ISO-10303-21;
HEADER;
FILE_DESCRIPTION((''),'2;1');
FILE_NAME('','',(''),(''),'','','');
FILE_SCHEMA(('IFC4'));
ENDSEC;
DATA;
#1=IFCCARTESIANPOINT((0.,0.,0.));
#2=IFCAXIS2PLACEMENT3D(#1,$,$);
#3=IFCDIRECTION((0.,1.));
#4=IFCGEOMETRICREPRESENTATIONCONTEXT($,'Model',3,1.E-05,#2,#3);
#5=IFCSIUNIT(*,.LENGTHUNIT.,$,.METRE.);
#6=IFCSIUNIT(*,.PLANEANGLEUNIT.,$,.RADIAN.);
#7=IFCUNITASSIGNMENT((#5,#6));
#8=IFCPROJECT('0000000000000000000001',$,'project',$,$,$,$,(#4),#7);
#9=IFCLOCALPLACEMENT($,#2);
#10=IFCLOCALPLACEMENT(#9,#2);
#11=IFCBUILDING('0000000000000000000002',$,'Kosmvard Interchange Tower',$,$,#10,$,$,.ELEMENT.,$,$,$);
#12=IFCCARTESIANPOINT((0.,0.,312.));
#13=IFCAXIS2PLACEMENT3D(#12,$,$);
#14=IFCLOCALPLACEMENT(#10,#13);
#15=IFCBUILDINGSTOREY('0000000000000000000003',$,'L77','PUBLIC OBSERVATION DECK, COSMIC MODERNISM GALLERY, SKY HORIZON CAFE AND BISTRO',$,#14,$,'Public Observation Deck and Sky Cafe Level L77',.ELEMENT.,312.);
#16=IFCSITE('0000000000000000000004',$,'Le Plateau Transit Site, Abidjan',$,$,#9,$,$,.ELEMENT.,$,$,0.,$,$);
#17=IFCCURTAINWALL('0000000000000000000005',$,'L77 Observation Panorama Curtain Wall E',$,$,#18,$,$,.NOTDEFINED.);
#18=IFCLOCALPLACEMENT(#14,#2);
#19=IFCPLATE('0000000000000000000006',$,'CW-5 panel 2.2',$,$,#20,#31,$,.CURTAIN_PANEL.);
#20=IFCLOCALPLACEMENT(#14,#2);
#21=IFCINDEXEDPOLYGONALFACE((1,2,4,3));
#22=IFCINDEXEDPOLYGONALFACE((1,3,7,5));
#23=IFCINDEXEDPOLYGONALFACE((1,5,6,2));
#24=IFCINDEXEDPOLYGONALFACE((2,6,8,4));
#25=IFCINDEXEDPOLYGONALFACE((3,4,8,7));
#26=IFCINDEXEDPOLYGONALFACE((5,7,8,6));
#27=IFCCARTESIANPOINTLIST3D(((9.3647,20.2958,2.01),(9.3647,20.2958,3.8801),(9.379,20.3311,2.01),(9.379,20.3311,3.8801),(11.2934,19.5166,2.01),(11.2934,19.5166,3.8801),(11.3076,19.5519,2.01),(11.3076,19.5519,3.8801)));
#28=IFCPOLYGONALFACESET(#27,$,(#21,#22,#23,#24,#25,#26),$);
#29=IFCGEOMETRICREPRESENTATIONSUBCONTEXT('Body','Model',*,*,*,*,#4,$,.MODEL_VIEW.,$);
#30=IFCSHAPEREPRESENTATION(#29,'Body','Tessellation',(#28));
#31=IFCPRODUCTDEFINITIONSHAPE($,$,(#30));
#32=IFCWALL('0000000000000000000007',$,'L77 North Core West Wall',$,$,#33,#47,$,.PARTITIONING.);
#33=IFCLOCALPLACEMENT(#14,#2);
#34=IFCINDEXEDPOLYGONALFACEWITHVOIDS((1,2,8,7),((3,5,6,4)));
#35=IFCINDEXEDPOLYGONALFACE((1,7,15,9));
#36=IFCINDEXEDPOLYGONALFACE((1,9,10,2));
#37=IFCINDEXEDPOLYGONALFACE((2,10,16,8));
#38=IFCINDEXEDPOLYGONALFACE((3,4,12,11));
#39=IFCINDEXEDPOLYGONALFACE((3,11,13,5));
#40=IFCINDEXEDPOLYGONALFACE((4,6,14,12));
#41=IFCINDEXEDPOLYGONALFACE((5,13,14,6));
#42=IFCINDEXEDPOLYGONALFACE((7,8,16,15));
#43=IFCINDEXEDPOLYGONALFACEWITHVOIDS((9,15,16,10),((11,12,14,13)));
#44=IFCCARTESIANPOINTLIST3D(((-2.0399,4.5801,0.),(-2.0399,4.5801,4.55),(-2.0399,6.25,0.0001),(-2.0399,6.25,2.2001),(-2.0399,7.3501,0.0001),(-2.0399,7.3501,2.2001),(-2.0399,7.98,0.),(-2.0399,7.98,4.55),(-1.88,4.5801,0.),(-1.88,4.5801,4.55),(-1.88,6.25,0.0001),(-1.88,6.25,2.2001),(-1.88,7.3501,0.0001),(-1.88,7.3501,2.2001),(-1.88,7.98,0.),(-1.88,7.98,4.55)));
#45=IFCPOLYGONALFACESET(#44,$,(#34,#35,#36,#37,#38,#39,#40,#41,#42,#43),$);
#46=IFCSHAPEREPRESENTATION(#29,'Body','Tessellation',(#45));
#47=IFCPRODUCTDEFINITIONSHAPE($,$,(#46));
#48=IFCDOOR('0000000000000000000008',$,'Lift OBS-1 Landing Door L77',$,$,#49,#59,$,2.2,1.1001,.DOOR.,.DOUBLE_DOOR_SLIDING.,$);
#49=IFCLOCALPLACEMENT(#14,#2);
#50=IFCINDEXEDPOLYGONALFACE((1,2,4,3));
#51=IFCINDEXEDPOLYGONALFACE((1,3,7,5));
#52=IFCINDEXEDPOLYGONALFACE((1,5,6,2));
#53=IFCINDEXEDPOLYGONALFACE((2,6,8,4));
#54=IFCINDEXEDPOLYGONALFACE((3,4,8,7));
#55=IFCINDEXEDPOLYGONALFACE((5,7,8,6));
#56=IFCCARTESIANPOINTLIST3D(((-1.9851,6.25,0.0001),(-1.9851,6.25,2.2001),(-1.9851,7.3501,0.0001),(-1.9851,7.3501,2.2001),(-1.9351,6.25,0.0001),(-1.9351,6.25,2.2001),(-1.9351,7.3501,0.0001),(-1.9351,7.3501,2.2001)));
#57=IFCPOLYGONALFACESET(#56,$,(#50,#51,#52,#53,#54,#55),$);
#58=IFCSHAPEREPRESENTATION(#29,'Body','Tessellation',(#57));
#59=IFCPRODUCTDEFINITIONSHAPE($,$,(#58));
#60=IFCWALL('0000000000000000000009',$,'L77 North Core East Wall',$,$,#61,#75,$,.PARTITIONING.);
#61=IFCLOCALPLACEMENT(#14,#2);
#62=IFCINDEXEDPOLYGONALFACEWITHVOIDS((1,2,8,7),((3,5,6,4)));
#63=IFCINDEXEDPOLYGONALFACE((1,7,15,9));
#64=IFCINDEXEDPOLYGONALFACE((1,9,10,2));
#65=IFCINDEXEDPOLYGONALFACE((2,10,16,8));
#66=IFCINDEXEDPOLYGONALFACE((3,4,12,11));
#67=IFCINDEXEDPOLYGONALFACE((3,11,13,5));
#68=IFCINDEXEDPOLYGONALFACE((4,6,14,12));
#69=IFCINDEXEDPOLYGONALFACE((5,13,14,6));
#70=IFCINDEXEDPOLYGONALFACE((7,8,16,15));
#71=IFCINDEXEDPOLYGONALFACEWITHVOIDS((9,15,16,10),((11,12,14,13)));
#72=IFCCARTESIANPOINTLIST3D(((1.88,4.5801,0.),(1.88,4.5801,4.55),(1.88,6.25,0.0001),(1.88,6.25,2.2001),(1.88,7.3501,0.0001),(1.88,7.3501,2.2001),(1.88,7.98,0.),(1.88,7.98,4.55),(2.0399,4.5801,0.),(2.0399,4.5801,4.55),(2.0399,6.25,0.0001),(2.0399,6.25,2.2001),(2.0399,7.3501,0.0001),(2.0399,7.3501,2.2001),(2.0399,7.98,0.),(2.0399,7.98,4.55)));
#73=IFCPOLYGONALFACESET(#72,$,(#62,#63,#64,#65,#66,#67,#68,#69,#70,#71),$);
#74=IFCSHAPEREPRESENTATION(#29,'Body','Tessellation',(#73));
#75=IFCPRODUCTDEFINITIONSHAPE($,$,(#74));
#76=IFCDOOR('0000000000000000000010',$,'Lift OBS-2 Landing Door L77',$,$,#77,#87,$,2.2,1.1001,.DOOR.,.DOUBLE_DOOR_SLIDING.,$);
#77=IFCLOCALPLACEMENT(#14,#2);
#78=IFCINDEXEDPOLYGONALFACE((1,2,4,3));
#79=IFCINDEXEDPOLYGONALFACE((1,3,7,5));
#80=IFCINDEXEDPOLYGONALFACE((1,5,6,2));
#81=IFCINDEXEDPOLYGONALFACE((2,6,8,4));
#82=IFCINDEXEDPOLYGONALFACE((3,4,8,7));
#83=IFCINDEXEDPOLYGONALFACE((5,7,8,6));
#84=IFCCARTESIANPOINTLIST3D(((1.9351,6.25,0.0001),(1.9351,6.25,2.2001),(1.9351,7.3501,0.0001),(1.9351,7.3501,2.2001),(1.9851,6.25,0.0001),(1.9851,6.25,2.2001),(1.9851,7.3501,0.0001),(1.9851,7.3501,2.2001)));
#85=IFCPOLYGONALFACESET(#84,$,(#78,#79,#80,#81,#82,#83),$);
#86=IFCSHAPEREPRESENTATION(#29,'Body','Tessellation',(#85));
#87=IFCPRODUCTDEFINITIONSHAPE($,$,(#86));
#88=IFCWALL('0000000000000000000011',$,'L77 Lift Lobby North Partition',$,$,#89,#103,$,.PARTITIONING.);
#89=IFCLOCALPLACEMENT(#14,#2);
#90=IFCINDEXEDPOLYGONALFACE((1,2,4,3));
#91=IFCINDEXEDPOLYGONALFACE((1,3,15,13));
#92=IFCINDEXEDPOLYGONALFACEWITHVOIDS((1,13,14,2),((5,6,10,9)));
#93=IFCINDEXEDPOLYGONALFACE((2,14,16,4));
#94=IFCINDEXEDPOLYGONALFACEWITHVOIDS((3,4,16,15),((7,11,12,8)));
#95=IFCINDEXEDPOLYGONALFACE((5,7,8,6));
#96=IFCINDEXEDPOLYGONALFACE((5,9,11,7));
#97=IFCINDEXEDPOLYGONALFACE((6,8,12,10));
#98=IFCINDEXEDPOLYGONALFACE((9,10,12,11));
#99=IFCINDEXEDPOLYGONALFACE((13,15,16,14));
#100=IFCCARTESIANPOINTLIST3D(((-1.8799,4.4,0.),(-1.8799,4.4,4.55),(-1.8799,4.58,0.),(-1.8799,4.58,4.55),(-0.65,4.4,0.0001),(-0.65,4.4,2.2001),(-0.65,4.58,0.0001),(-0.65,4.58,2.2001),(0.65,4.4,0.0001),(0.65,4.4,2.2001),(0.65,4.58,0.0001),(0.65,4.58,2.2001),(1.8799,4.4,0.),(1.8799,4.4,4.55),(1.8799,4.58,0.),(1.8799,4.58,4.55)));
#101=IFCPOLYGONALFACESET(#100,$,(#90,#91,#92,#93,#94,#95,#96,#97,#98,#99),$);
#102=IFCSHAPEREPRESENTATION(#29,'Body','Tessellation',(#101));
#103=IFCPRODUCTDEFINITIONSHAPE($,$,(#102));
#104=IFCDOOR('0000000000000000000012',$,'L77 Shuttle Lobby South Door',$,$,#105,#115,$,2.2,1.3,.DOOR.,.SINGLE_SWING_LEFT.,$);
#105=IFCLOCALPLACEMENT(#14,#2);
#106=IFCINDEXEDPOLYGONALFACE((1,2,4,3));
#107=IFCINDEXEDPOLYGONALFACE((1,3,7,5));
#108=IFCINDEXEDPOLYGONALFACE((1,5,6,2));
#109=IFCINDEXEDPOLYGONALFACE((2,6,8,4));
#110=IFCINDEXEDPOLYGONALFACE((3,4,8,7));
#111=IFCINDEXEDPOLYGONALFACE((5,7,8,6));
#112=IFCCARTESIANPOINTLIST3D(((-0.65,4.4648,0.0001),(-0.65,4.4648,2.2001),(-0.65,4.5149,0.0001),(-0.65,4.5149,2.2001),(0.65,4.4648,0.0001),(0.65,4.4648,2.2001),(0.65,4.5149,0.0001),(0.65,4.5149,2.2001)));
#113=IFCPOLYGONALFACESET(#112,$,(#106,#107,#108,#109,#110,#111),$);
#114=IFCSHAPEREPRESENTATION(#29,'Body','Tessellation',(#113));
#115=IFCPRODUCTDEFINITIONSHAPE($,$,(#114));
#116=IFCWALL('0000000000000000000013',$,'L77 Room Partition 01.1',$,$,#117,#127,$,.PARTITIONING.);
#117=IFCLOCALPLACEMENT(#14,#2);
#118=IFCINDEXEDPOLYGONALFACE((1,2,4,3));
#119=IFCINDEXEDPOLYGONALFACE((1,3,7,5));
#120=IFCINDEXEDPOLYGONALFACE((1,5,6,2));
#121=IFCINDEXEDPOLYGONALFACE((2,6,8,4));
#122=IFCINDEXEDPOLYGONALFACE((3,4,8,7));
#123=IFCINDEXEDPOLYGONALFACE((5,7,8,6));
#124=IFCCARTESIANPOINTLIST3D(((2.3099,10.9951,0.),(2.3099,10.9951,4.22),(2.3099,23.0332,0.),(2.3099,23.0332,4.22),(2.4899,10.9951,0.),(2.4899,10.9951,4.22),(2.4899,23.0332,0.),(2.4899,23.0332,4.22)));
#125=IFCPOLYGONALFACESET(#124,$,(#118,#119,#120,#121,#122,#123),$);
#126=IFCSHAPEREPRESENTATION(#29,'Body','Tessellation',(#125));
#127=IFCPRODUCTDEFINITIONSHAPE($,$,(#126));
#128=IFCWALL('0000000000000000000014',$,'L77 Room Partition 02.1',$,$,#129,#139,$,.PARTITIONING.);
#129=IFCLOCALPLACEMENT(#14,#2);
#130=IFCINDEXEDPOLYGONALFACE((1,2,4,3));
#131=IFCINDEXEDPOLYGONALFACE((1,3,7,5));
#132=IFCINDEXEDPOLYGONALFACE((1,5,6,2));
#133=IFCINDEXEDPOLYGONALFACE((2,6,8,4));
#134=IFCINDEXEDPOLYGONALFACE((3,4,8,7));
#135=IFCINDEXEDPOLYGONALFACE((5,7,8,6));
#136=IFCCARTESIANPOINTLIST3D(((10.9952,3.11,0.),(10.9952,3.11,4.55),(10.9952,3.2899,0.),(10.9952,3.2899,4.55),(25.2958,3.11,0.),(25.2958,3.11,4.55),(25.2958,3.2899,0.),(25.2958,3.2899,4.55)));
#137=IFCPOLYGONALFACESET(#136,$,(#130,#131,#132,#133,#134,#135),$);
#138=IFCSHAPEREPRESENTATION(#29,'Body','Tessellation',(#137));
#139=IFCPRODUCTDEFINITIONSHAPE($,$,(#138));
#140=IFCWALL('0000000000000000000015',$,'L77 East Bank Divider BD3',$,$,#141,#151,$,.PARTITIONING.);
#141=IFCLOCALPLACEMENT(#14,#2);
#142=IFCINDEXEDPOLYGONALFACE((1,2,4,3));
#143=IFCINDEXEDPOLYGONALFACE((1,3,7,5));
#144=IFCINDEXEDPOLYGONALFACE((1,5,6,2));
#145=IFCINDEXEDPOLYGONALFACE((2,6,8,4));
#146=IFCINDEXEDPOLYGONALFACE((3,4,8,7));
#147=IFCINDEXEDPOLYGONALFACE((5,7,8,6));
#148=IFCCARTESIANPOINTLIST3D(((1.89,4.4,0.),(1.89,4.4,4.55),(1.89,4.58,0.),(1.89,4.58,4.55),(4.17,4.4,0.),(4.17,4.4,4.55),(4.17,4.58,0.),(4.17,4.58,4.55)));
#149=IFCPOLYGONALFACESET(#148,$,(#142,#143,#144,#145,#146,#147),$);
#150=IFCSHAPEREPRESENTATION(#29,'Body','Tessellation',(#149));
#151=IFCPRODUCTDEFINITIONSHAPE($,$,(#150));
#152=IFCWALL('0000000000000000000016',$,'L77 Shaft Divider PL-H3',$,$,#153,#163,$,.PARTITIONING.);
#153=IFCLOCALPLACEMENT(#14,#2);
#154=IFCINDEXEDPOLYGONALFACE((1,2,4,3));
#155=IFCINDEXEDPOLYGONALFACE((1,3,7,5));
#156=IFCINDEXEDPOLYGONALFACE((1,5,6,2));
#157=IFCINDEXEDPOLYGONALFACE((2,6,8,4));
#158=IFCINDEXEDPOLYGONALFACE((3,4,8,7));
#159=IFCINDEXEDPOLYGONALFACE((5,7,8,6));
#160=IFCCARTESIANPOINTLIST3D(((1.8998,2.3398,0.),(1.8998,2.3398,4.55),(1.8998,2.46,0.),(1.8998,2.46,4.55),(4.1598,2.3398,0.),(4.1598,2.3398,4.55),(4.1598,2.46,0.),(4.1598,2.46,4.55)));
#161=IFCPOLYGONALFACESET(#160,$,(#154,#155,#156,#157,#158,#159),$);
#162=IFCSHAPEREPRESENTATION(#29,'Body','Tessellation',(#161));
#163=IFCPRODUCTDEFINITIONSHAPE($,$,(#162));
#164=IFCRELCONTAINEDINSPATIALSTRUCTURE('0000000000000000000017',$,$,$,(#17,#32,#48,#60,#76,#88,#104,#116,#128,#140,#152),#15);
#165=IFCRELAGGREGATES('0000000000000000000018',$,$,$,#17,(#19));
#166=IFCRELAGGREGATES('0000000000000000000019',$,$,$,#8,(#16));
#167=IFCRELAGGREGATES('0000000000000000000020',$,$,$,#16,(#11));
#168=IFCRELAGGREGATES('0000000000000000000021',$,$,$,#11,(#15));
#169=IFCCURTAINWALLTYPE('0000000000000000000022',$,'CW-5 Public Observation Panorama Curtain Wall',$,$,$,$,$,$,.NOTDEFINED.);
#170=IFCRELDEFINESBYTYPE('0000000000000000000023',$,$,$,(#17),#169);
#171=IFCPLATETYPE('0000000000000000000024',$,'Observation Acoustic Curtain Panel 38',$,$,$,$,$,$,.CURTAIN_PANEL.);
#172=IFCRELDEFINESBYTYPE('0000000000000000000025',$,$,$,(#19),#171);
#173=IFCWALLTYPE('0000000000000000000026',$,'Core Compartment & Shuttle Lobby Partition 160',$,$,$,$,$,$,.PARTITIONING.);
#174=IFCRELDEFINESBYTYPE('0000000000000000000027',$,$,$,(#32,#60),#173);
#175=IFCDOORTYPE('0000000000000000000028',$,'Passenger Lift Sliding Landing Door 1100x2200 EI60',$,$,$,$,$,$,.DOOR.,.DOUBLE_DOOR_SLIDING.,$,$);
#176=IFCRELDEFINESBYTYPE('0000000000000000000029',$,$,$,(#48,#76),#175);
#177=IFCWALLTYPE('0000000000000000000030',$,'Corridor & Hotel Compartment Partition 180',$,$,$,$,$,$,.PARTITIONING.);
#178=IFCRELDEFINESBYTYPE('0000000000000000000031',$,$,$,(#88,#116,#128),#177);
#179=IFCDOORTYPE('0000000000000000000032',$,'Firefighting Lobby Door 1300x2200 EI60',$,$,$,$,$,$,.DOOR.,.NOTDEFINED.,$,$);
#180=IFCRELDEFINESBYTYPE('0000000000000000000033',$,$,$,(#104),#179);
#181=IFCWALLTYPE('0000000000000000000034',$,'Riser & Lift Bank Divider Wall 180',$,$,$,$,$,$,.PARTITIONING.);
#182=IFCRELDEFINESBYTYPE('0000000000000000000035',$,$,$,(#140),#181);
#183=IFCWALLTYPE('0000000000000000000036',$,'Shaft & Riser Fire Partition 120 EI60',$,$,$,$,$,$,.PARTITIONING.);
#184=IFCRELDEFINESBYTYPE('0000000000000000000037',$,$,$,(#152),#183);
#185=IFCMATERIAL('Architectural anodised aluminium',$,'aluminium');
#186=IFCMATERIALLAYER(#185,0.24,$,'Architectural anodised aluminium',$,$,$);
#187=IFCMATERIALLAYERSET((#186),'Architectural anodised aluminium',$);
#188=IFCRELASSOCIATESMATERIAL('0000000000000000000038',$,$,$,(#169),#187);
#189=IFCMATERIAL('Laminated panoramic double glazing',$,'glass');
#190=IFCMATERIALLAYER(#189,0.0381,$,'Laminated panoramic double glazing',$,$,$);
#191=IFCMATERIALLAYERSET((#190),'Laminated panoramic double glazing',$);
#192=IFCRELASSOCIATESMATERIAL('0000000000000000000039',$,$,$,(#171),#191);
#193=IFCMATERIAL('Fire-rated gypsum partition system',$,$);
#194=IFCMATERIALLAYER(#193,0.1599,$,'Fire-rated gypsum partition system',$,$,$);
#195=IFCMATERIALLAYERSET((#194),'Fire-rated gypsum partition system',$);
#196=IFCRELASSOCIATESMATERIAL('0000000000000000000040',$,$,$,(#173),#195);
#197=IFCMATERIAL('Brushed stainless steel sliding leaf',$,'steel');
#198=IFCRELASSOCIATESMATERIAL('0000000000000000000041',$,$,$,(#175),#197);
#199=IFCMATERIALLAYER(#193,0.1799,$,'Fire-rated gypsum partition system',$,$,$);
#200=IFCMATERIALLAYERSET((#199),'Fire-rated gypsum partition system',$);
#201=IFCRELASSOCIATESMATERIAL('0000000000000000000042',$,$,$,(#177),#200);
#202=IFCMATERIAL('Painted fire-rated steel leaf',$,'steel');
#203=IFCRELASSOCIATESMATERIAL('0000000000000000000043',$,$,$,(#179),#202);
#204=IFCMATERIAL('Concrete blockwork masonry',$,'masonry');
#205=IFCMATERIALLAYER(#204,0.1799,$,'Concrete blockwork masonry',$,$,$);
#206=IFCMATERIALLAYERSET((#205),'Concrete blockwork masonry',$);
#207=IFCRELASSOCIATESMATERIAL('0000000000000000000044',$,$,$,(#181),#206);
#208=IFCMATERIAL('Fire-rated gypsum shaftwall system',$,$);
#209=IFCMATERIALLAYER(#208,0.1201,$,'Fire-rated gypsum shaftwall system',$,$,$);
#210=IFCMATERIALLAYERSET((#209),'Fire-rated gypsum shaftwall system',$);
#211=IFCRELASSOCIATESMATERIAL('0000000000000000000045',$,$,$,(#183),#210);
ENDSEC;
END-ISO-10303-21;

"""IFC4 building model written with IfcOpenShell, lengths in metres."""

from ifc_helpers import new_model, si_unit, direction, frame, frame_2d, origin, origin_2d, place, context, subcontext, project, spatial, rectangle, extrude, source, transform, mapped, material, layer, layer_set, type_object, element, fill, aggregate, save


model = new_model("IFC4")

# Units and contexts
model_context = context("Model", 3, precision=1e-05, world=origin(), true_north=direction((0.0, 1.0)))
body_context = subcontext(model_context, "Body", "Model", "MODEL_VIEW")
ifc_project = project(units=[si_unit("LENGTHUNIT", "METRE"), si_unit("PLANEANGLEUNIT", "RADIAN")], contexts=[model_context])

# Site, building, storey
site_placement = place(None, origin())
site = spatial("IfcSite", under=ifc_project, at=site_placement, Name="Le Plateau Transit Site, Abidjan", CompositionType="ELEMENT", RefElevation=0.0)
building_placement = place(site_placement, origin())
building = spatial("IfcBuilding", under=site, at=building_placement, Name="Kosmvard Interchange Tower", CompositionType="ELEMENT")
storey_placement = place(building_placement, frame((0.0, 0.0, 312.0)))
storey = spatial("IfcBuildingStorey", under=building, at=storey_placement, Name="L77", Description="PUBLIC OBSERVATION DECK, COSMIC MODERNISM GALLERY, SKY HORIZON CAFE AND BISTRO", LongName="Public Observation Deck and Sky Cafe Level L77", CompositionType="ELEMENT", Elevation=312.0)

# Curtain wall, plate
ifc_material_1 = material(Name="Architectural anodised aluminium", Category="aluminium")
ifc_layer_1 = layer(ifc_material_1, 0.24, Name="Architectural anodised aluminium")
ifc_layer_set_1 = layer_set([ifc_layer_1], Name="Architectural anodised aluminium")
curtain_wall_type = type_object("IfcCurtainWallType", Name="CW-5 Public Observation Panorama Curtain Wall", PredefinedType="NOTDEFINED", material=ifc_layer_set_1)
curtain_wall_placement = place(storey_placement, origin())
curtain_wall = element("IfcCurtainWall", 1, at=curtain_wall_placement, inside=storey, type_object=curtain_wall_type, Name="L77 Observation Panorama Curtain Wall E", PredefinedType="NOTDEFINED")
ifc_material_2 = material(Name="Laminated panoramic double glazing", Category="glass")
ifc_layer_2 = layer(ifc_material_2, 0.0381, Name="Laminated panoramic double glazing")
ifc_layer_set_2 = layer_set([ifc_layer_2], Name="Laminated panoramic double glazing")
plate_type = type_object("IfcPlateType", Name="Observation Acoustic Curtain Panel 38", PredefinedType="CURTAIN_PANEL", material=ifc_layer_set_2)
shared_shape_1 = source(origin(), body_context, "Body", "SweptSolid", [
    extrude(rectangle(XDim=2.0801, YDim=0.0381, at=origin_2d()), origin(), (0.0, 0.0, 1.0), 1.8701),
])
plate_1_placement = place(storey_placement, frame((10.3362, 19.9238, 2.01), z_axis=(0.0, 0.0, 1.0), x_axis=(-0.927184, 0.374607, 0.0)))
plate_1 = element("IfcPlate", 2, at=plate_1_placement, type_object=plate_type, Name="CW-5 panel 2.2", PredefinedType="CURTAIN_PANEL", context=body_context, shape_type="MappedRepresentation", body=[
    mapped(shared_shape_1, transform((0.0, 0.0, 0.0), scale=1.0)),
])
aggregate(curtain_wall, [plate_1])

# Walls, openings, doors
ifc_material_3 = material(Name="Fire-rated gypsum partition system")
ifc_layer_3 = layer(ifc_material_3, 0.1599, Name="Fire-rated gypsum partition system")
ifc_layer_set_3 = layer_set([ifc_layer_3], Name="Fire-rated gypsum partition system")
wall_type_1 = type_object("IfcWallType", Name="Core Compartment & Shuttle Lobby Partition 160", PredefinedType="PARTITIONING", material=ifc_layer_set_3)
wall_1_placement = place(storey_placement, frame((-1.96, 4.5801, 0.0), z_axis=(0.0, 0.0, 1.0), x_axis=(0.0, 1.0, 0.0)))
wall_1 = element("IfcWall", 3, at=wall_1_placement, inside=storey, type_object=wall_type_1, Name="L77 North Core West Wall", PredefinedType="PARTITIONING", context=body_context, shape_type="SweptSolid", body=[
    extrude(rectangle(XDim=3.3999, YDim=0.1599, at=frame_2d((1.7, 0.0))), origin(), (0.0, 0.0, 1.0), 4.55),
])
opening_1_placement = place(wall_1_placement, frame((1.6699, 0.0, 0.0)))
opening_1 = element("IfcOpeningElement", 4, at=opening_1_placement, cuts=wall_1, PredefinedType="OPENING", context=body_context, shape_type="SweptSolid", body=[
    extrude(rectangle(XDim=1.1001, YDim=2.2, at=frame_2d((0.55, 1.1001))), frame((0.0, 0.0898, 0.0), z_axis=(0.0, -1.0, 0.0), x_axis=(1.0, 0.0, 0.0)), (0.0, 0.0, 1.0), 0.1799),
])
ifc_material_4 = material(Name="Brushed stainless steel sliding leaf", Category="steel")
door_type_1 = type_object("IfcDoorType", Name="Passenger Lift Sliding Landing Door 1100x2200 EI60", OperationType="DOUBLE_DOOR_SLIDING", PredefinedType="DOOR", material=ifc_material_4)
shared_shape_2 = source(origin(), body_context, "Body", "SweptSolid", [
    extrude(rectangle(XDim=1.1001, YDim=2.2, at=frame_2d((0.55, 1.1001))), frame((0.0, 0.0249, 0.0), z_axis=(0.0, -1.0, 0.0), x_axis=(1.0, 0.0, 0.0)), (0.0, 0.0, 1.0), 0.05),
])
door_1_placement = place(opening_1_placement, frame((1.1001, 0.0, 0.0), z_axis=(0.0, 0.0, 1.0), x_axis=(-1.0, 0.0, 0.0)))
door_1 = element("IfcDoor", 5, at=door_1_placement, inside=storey, type_object=door_type_1, Name="Lift OBS-1 Landing Door L77", OperationType="DOUBLE_DOOR_SLIDING", OverallHeight=2.2, OverallWidth=1.1001, PredefinedType="DOOR", context=body_context, shape_type="MappedRepresentation", body=[
    mapped(shared_shape_2, transform((0.0, 0.0, 0.0), scale=1.0)),
])
fill(opening_1, door_1)
wall_2_placement = place(storey_placement, frame((1.96, 4.5801, 0.0), z_axis=(0.0, 0.0, 1.0), x_axis=(0.0, 1.0, 0.0)))
wall_2 = element("IfcWall", 6, at=wall_2_placement, inside=storey, type_object=wall_type_1, Name="L77 North Core East Wall", PredefinedType="PARTITIONING", context=body_context, shape_type="SweptSolid", body=[
    extrude(rectangle(XDim=3.3999, YDim=0.1599, at=frame_2d((1.7, 0.0))), origin(), (0.0, 0.0, 1.0), 4.55),
])
opening_2_placement = place(wall_2_placement, frame((1.6699, 0.0, 0.0)))
opening_2 = element("IfcOpeningElement", 7, at=opening_2_placement, cuts=wall_2, PredefinedType="OPENING", context=body_context, shape_type="SweptSolid", body=[
    extrude(rectangle(XDim=1.1001, YDim=2.2, at=frame_2d((0.55, 1.1001))), frame((0.0, 0.0898, 0.0), z_axis=(0.0, -1.0, 0.0), x_axis=(1.0, 0.0, 0.0)), (0.0, 0.0, 1.0), 0.1799),
])
door_2_placement = place(opening_2_placement, origin())
door_2 = element("IfcDoor", 8, at=door_2_placement, inside=storey, type_object=door_type_1, Name="Lift OBS-2 Landing Door L77", OperationType="DOUBLE_DOOR_SLIDING", OverallHeight=2.2, OverallWidth=1.1001, PredefinedType="DOOR", context=body_context, shape_type="MappedRepresentation", body=[
    mapped(shared_shape_2, transform((0.0, 0.0, 0.0), scale=1.0)),
])
fill(opening_2, door_2)
ifc_layer_4 = layer(ifc_material_3, 0.1799, Name="Fire-rated gypsum partition system")
ifc_layer_set_4 = layer_set([ifc_layer_4], Name="Fire-rated gypsum partition system")
wall_type_2 = type_object("IfcWallType", Name="Corridor & Hotel Compartment Partition 180", PredefinedType="PARTITIONING", material=ifc_layer_set_4)
wall_3_placement = place(storey_placement, frame((-1.8799, 4.49, 0.0), z_axis=(0.0, 0.0, 1.0), x_axis=(1.0, 0.0, 0.0)))
wall_3 = element("IfcWall", 9, at=wall_3_placement, inside=storey, type_object=wall_type_2, Name="L77 Lift Lobby North Partition", PredefinedType="PARTITIONING", context=body_context, shape_type="SweptSolid", body=[
    extrude(rectangle(XDim=3.7598, YDim=0.1799, at=frame_2d((1.8799, 0.0))), origin(), (0.0, 0.0, 1.0), 4.55),
])
opening_3_placement = place(wall_3_placement, frame((1.23, 0.0, 0.0)))
opening_3 = element("IfcOpeningElement", 10, at=opening_3_placement, cuts=wall_3, PredefinedType="OPENING", context=body_context, shape_type="SweptSolid", body=[
    extrude(rectangle(XDim=1.3, YDim=2.2, at=frame_2d((0.6499, 1.1001))), frame((0.0, 0.1001, 0.0), z_axis=(0.0, -1.0, 0.0), x_axis=(1.0, 0.0, 0.0)), (0.0, 0.0, 1.0), 0.2),
])
ifc_material_5 = material(Name="Painted fire-rated steel leaf", Category="steel")
door_type_2 = type_object("IfcDoorType", Name="Firefighting Lobby Door 1300x2200 EI60", OperationType="NOTDEFINED", PredefinedType="DOOR", material=ifc_material_5)
shared_shape_3 = source(origin(), body_context, "Body", "SweptSolid", [
    extrude(rectangle(XDim=1.3, YDim=2.2, at=frame_2d((0.6499, 1.1001))), frame((0.0, 0.0249, 0.0), z_axis=(0.0, -1.0, 0.0), x_axis=(1.0, 0.0, 0.0)), (0.0, 0.0, 1.0), 0.05),
])
door_3_placement = place(opening_3_placement, origin())
door_3 = element("IfcDoor", 11, at=door_3_placement, inside=storey, type_object=door_type_2, Name="L77 Shuttle Lobby South Door", OperationType="SINGLE_SWING_LEFT", OverallHeight=2.2, OverallWidth=1.3, PredefinedType="DOOR", context=body_context, shape_type="MappedRepresentation", body=[
    mapped(shared_shape_3, transform((0.0, 0.0, 0.0), scale=1.0)),
])
fill(opening_3, door_3)

# Walls
wall_4_placement = place(storey_placement, frame((2.3999, 10.9951, 0.0), z_axis=(0.0, 0.0, 1.0), x_axis=(0.0, 1.0, 0.0)))
element("IfcWall", 12, at=wall_4_placement, inside=storey, type_object=wall_type_2, Name="L77 Room Partition 01.1", PredefinedType="PARTITIONING", context=body_context, shape_type="SweptSolid", body=[
    extrude(rectangle(XDim=12.0381, YDim=0.1799, at=frame_2d((6.019, 0.0))), origin(), (0.0, 0.0, 1.0), 4.22),
])
wall_5_placement = place(storey_placement, frame((10.9951, 3.2, 0.0), z_axis=(0.0, 0.0, 1.0), x_axis=(1.0, 0.0, 0.0)))
element("IfcWall", 13, at=wall_5_placement, inside=storey, type_object=wall_type_2, Name="L77 Room Partition 02.1", PredefinedType="PARTITIONING", context=body_context, shape_type="SweptSolid", body=[
    extrude(rectangle(XDim=14.3005, YDim=0.1799, at=frame_2d((7.1504, 0.0))), origin(), (0.0, 0.0, 1.0), 4.55),
])
ifc_material_6 = material(Name="Concrete blockwork masonry", Category="masonry")
ifc_layer_5 = layer(ifc_material_6, 0.1799, Name="Concrete blockwork masonry")
ifc_layer_set_5 = layer_set([ifc_layer_5], Name="Concrete blockwork masonry")
wall_type_3 = type_object("IfcWallType", Name="Riser & Lift Bank Divider Wall 180", PredefinedType="PARTITIONING", material=ifc_layer_set_5)
wall_6_placement = place(storey_placement, frame((1.8899, 4.49, 0.0), z_axis=(0.0, 0.0, 1.0), x_axis=(1.0, 0.0, 0.0)))
element("IfcWall", 14, at=wall_6_placement, inside=storey, type_object=wall_type_3, Name="L77 East Bank Divider BD3", PredefinedType="PARTITIONING", context=body_context, shape_type="SweptSolid", body=[
    extrude(rectangle(XDim=2.28, YDim=0.1799, at=frame_2d((1.1401, 0.0))), origin(), (0.0, 0.0, 1.0), 4.55),
])
ifc_material_7 = material(Name="Fire-rated gypsum shaftwall system")
ifc_layer_6 = layer(ifc_material_7, 0.1201, Name="Fire-rated gypsum shaftwall system")
ifc_layer_set_6 = layer_set([ifc_layer_6], Name="Fire-rated gypsum shaftwall system")
wall_type_4 = type_object("IfcWallType", Name="Shaft & Riser Fire Partition 120 EI60", PredefinedType="PARTITIONING", material=ifc_layer_set_6)
wall_7_placement = place(storey_placement, frame((1.8999, 2.3999, 0.0), z_axis=(0.0, 0.0, 1.0), x_axis=(1.0, 0.0, 0.0)))
element("IfcWall", 15, at=wall_7_placement, inside=storey, type_object=wall_type_4, Name="L77 Shaft Divider PL-H3", PredefinedType="PARTITIONING", context=body_context, shape_type="SweptSolid", body=[
    extrude(rectangle(XDim=2.26, YDim=0.1201, at=frame_2d((1.1299, 0.0))), origin(), (0.0, 0.0, 1.0), 4.55),
])

save(model, "model.ifc")
